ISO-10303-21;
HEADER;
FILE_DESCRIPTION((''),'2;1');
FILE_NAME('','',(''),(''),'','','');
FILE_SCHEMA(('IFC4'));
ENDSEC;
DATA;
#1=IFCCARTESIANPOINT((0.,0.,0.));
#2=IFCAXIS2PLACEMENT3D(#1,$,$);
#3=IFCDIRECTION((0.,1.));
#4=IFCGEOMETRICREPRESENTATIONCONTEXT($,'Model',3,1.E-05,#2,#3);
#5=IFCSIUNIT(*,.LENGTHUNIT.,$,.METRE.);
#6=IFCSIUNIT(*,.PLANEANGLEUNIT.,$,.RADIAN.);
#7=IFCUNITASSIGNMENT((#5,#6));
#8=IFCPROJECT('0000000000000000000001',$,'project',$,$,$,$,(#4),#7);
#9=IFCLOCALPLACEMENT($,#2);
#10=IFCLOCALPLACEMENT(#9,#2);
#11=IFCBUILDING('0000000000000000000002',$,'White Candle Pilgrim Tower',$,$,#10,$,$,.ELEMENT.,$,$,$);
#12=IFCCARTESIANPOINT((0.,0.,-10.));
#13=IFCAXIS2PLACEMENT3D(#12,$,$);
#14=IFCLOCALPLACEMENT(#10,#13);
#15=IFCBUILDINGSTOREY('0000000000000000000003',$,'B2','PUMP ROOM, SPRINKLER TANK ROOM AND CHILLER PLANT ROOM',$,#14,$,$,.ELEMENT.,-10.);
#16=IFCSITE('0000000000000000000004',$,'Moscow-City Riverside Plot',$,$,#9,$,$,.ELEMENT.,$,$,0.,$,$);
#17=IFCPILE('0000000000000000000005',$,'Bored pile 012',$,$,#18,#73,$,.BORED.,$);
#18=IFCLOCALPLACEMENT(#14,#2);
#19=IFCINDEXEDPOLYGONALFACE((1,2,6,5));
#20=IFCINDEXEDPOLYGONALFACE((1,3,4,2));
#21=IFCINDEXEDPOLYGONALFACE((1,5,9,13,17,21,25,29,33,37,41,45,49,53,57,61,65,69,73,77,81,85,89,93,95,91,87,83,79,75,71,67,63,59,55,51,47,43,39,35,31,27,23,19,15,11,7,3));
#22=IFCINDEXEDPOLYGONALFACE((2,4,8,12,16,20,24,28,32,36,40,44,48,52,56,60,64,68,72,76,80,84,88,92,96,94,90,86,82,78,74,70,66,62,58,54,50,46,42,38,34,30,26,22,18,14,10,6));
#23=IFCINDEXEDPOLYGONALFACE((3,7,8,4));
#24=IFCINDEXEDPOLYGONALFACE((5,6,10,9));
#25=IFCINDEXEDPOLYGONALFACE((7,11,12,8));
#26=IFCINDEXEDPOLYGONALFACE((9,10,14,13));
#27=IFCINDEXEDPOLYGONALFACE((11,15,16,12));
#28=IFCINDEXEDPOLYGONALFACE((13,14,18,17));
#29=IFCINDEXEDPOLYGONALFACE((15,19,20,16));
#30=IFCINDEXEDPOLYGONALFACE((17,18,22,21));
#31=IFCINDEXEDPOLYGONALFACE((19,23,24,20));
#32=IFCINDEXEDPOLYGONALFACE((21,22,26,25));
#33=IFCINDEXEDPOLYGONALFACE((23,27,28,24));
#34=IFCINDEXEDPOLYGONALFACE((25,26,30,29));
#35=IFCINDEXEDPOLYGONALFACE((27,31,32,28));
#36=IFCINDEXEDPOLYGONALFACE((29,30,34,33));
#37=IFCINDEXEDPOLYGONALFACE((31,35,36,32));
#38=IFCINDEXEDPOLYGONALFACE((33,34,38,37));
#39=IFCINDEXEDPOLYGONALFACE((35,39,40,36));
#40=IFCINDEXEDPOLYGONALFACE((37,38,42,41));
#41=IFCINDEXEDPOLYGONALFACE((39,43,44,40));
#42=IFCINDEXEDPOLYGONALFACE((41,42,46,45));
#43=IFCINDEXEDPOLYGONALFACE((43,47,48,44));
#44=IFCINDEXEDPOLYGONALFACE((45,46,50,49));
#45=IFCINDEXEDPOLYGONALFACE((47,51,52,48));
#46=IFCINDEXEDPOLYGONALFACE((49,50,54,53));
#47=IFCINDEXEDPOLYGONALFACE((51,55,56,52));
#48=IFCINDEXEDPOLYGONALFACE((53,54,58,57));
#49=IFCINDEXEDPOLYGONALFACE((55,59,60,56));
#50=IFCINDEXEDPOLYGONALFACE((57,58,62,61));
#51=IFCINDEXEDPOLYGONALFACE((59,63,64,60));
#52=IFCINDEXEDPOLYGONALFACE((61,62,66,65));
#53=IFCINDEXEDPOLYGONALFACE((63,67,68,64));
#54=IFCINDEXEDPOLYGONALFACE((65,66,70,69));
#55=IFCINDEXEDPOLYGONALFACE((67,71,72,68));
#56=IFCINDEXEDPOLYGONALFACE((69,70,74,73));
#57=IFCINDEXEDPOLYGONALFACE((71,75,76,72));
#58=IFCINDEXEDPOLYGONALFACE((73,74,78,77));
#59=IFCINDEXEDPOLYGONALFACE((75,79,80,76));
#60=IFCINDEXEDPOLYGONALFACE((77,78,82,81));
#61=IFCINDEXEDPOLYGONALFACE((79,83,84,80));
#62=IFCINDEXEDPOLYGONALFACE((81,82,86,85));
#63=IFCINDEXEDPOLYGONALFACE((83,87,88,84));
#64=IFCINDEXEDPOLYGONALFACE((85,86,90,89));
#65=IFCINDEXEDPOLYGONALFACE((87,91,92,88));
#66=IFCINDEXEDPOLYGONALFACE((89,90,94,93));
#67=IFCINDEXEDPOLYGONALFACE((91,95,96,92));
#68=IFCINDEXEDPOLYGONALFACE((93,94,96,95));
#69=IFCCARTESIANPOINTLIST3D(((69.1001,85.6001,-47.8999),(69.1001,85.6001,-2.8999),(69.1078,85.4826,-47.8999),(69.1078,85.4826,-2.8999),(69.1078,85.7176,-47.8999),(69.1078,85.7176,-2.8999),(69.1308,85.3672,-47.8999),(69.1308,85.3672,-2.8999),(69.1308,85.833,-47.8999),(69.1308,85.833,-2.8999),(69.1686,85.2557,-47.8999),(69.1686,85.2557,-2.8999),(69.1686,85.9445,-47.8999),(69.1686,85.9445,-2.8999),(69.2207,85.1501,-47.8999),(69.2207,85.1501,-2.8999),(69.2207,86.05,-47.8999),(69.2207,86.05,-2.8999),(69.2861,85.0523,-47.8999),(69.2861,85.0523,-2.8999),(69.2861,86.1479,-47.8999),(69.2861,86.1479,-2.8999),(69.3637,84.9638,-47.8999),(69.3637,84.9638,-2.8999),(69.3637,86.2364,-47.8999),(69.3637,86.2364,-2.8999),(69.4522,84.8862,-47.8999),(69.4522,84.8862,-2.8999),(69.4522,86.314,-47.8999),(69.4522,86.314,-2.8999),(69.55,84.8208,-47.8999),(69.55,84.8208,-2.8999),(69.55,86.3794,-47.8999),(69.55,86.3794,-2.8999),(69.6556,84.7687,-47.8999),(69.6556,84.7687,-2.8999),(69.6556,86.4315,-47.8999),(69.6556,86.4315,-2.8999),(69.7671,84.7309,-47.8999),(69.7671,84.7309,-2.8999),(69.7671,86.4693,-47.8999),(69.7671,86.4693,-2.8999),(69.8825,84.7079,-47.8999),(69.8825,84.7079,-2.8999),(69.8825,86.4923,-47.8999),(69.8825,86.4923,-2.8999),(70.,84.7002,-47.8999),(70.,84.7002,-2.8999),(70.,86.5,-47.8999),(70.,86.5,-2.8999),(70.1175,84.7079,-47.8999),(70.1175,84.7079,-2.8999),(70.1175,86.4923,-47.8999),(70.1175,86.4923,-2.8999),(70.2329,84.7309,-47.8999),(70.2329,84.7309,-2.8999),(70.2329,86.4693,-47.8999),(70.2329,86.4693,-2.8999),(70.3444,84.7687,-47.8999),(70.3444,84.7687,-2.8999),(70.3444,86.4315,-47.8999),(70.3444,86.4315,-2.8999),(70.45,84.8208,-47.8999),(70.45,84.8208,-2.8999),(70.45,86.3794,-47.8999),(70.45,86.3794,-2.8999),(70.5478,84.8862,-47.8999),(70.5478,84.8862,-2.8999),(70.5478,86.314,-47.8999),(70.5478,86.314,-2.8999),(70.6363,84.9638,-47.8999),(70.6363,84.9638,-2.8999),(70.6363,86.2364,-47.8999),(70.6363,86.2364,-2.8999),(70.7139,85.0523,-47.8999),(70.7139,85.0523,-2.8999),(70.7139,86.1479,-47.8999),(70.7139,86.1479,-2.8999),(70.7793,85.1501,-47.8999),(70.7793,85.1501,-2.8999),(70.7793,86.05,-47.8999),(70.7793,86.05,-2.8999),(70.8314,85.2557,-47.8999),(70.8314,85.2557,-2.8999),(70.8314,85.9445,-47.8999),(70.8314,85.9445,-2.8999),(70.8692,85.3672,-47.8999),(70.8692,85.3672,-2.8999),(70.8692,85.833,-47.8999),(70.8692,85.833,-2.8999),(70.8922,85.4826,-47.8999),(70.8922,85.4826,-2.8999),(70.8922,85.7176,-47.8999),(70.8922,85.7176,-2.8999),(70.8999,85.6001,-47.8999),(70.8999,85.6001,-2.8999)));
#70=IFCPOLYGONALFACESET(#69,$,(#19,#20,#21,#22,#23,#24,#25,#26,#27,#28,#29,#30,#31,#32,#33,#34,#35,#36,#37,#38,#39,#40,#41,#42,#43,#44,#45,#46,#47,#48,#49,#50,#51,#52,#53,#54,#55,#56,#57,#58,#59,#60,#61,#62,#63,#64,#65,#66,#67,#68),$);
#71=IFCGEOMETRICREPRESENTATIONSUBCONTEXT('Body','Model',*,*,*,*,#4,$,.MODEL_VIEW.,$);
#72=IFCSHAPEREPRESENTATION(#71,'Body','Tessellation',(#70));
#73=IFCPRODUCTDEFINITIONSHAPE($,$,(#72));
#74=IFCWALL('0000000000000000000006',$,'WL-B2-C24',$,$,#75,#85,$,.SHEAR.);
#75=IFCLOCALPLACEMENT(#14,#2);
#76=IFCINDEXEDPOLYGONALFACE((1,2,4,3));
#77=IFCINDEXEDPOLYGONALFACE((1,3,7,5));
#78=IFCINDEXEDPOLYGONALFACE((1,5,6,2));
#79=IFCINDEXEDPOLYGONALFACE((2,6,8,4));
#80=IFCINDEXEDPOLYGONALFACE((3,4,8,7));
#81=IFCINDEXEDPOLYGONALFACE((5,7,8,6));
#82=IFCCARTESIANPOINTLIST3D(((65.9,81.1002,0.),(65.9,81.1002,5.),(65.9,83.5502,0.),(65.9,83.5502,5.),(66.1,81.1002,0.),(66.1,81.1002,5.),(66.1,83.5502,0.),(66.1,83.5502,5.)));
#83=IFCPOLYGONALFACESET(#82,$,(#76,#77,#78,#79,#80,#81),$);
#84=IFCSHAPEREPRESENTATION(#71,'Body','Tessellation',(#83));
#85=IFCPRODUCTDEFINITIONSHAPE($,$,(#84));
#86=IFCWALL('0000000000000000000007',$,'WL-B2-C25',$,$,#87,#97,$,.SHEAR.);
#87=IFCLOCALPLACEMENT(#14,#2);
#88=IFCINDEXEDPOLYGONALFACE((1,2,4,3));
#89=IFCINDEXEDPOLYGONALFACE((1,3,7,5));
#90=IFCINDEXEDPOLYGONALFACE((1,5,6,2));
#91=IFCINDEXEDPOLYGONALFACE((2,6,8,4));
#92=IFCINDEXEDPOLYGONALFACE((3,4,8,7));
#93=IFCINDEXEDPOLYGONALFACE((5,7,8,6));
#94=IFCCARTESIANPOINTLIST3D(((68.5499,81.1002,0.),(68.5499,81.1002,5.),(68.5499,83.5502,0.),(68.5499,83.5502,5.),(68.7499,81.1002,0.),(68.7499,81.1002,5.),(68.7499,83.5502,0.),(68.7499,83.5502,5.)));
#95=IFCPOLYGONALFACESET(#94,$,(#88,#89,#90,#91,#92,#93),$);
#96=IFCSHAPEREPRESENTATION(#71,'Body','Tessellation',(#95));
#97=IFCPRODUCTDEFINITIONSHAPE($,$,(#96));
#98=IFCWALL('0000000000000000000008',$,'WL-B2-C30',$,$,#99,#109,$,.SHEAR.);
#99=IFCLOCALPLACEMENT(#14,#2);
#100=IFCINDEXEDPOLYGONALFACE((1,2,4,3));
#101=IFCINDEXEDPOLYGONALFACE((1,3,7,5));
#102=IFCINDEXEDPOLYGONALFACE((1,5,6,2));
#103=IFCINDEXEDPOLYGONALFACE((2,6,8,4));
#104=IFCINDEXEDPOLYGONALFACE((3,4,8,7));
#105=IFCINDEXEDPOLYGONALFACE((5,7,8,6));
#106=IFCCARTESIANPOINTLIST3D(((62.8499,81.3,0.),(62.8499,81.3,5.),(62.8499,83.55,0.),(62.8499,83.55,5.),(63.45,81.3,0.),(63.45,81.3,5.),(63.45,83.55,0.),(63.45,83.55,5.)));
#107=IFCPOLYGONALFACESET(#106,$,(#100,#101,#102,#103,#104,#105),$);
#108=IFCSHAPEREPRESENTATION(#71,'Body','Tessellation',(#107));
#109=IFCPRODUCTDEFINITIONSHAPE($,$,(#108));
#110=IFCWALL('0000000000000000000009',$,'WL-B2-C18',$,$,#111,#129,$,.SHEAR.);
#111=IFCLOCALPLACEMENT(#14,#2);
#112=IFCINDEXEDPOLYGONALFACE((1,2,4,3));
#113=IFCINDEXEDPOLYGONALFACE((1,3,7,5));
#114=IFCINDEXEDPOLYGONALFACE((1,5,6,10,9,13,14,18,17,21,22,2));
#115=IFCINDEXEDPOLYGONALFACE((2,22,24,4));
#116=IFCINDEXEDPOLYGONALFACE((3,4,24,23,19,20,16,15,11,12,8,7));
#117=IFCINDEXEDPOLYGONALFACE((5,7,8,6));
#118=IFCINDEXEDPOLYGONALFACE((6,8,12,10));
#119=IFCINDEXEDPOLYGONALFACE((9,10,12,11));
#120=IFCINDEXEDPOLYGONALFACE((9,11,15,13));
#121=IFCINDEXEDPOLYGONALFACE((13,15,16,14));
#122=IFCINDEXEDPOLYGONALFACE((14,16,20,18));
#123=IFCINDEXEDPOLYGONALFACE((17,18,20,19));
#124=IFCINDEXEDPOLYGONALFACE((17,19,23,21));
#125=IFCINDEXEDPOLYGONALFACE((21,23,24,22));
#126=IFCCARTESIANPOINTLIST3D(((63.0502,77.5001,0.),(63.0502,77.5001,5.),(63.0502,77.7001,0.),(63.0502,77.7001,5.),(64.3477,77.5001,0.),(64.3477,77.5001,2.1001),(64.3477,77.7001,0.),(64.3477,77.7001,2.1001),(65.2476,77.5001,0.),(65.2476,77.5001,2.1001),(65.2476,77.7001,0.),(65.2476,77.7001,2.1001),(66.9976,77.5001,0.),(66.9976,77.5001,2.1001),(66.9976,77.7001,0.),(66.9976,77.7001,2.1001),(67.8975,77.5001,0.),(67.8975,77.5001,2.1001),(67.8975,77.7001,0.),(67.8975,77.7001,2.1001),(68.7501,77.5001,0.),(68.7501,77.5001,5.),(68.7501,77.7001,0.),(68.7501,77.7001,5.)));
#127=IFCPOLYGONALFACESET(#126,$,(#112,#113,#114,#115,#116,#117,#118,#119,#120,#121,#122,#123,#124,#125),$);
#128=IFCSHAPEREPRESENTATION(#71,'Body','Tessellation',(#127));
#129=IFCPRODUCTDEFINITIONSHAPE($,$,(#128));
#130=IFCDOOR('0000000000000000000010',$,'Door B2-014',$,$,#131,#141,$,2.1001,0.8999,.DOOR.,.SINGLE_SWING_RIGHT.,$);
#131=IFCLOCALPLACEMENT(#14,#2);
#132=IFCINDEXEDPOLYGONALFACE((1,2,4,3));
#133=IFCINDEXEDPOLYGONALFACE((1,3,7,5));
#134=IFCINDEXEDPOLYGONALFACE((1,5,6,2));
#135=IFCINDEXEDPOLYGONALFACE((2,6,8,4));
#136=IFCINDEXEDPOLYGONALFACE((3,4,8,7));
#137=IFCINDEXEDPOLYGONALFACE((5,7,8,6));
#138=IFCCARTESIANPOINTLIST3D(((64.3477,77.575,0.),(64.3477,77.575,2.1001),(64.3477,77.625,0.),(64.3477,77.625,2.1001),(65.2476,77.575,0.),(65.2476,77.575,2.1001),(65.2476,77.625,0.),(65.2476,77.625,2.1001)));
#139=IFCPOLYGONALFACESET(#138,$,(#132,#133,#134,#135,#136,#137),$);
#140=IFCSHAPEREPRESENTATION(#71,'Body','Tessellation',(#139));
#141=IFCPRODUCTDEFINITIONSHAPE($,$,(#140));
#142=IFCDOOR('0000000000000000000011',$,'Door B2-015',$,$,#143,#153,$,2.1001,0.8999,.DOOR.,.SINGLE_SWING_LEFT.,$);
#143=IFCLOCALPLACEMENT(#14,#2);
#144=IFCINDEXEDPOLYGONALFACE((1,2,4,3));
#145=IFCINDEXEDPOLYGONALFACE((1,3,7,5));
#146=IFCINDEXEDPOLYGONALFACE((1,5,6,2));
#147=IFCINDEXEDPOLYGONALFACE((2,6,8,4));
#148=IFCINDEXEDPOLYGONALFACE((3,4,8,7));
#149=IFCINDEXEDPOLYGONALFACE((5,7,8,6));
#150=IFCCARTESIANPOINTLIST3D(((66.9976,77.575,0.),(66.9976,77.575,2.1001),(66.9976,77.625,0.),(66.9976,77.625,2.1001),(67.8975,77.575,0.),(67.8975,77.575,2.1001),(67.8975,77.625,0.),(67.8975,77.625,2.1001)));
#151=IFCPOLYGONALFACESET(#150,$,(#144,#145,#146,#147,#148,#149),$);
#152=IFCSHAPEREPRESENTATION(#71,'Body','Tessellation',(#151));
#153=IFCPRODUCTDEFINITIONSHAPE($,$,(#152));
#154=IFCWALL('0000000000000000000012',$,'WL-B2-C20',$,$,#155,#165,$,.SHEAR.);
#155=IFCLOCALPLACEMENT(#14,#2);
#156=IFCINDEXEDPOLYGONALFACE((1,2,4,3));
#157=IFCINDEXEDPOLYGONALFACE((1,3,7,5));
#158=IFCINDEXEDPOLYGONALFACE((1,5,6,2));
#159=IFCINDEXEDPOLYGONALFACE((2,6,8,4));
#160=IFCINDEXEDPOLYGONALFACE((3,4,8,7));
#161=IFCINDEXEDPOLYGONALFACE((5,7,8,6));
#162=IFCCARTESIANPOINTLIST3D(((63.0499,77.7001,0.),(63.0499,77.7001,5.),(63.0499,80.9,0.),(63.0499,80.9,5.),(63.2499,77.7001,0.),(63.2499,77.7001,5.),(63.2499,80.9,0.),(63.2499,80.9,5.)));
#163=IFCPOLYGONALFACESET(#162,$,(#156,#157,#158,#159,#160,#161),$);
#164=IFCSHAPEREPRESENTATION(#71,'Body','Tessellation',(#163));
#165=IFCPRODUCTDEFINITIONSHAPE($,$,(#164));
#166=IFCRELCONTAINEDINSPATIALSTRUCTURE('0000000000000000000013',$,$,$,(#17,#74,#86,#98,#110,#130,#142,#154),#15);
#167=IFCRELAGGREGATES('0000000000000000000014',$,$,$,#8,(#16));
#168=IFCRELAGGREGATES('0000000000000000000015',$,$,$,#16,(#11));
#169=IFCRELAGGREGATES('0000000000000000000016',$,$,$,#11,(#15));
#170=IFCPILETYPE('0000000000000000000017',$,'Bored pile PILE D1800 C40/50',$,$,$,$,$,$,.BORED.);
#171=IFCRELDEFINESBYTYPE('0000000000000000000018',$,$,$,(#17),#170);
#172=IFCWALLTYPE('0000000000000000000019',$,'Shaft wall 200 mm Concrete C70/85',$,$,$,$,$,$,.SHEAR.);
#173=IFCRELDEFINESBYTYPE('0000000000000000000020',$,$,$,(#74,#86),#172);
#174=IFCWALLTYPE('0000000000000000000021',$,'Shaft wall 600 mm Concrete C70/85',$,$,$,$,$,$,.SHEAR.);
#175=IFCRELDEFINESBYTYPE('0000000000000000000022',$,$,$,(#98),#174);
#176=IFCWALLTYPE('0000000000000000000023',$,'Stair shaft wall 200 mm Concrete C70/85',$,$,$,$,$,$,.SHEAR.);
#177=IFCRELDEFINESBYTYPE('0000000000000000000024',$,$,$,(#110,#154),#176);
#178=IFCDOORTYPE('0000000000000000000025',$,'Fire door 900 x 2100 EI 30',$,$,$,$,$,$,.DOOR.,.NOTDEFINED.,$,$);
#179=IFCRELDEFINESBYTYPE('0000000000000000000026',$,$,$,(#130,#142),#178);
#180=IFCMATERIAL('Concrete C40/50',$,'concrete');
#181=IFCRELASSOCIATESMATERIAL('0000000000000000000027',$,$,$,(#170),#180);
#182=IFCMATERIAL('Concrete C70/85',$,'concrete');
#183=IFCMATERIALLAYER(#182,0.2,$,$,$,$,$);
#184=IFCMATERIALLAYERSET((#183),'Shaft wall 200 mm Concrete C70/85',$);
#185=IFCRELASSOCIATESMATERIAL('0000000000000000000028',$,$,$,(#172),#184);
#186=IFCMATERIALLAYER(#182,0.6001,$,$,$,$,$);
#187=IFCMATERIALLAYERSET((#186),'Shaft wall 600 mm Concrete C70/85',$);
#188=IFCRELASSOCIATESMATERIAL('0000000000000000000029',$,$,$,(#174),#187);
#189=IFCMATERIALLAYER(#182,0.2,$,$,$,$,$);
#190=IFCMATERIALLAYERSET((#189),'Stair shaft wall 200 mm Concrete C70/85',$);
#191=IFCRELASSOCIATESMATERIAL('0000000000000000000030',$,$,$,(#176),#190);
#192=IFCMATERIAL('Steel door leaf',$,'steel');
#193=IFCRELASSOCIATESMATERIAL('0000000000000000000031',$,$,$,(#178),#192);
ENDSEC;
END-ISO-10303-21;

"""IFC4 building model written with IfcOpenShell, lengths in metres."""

from ifc_helpers import new_model, si_unit, direction, frame, frame_2d, origin, origin_2d, place, context, subcontext, project, spatial, rectangle, circle, extrude, material, layer, layer_set, material_profile, profile_set, type_object, element, fill, save


model = new_model("IFC4")

# Units and contexts
model_context = context("Model", 3, precision=1e-05, world=origin(), true_north=direction((0.0, 1.0)))
body_context = subcontext(model_context, "Body", "Model", "MODEL_VIEW")
ifc_project = project(units=[si_unit("LENGTHUNIT", "METRE"), si_unit("PLANEANGLEUNIT", "RADIAN")], contexts=[model_context])

# Site, building, storey
site_placement = place(None, origin())
site = spatial("IfcSite", under=ifc_project, at=site_placement, Name="Moscow-City Riverside Plot", CompositionType="ELEMENT", RefElevation=0.0)
building_placement = place(site_placement, origin())
building = spatial("IfcBuilding", under=site, at=building_placement, Name="White Candle Pilgrim Tower", CompositionType="ELEMENT")
storey_placement = place(building_placement, frame((0.0, 0.0, -10.0)))
storey = spatial("IfcBuildingStorey", under=building, at=storey_placement, Name="B2", Description="PUMP ROOM, SPRINKLER TANK ROOM AND CHILLER PLANT ROOM", CompositionType="ELEMENT", Elevation=-10.0)

# Pile
ifc_material_1 = material(Name="Concrete C40/50", Category="concrete")
ifc_material_profile = material_profile(ifc_material_1, circle(Radius=0.8999, at=origin_2d()), Name="PILE D1800")
ifc_profile_set = profile_set([ifc_material_profile], Name="Concrete C40/50")
pile_type = type_object("IfcPileType", Name="Bored pile PILE D1800 C40/50", PredefinedType="BORED", material=ifc_profile_set)
for number, where, z_axis, x_axis, name in (
    (1, (70.0, 85.6001, -2.8999), (0.0, 0.0, -1.0), (1.0, 0.0, 0.0), "Bored pile 012"),
):
    element("IfcPile", number, at=place(storey_placement, frame(where, z_axis=z_axis, x_axis=x_axis)), inside=storey, type_object=pile_type, Name=name, PredefinedType="BORED", context=body_context, shape_type="SweptSolid", body=[
        extrude(circle(Radius=0.8999, at=origin_2d()), origin(), (0.0, 0.0, 1.0), 45.0),
    ])

# Walls
ifc_material_2 = material(Name="Concrete C70/85", Category="concrete")
ifc_layer_1 = layer(ifc_material_2, 0.2)
ifc_layer_set_1 = layer_set([ifc_layer_1], Name="Shaft wall 200 mm Concrete C70/85")
wall_type_1 = type_object("IfcWallType", Name="Shaft wall 200 mm Concrete C70/85", PredefinedType="SHEAR", material=ifc_layer_set_1)
for number, where, z_axis, x_axis, name in (
    (2, (66.0, 81.1001, 0.0), (0.0, 0.0, 1.0), (0.0, 1.0, 0.0), "WL-B2-C24"),
    (3, (68.6499, 81.1001, 0.0), (0.0, 0.0, 1.0), (0.0, 1.0, 0.0), "WL-B2-C25"),
):
    element("IfcWall", number, at=place(storey_placement, frame(where, z_axis=z_axis, x_axis=x_axis)), inside=storey, type_object=wall_type_1, Name=name, PredefinedType="SHEAR", context=body_context, shape_type="SweptSolid", body=[
        extrude(rectangle(XDim=2.45, YDim=0.2, at=frame_2d((1.2251, 0.0))), origin(), (0.0, 0.0, 1.0), 5.0),
    ])
ifc_layer_2 = layer(ifc_material_2, 0.6001)
ifc_layer_set_2 = layer_set([ifc_layer_2], Name="Shaft wall 600 mm Concrete C70/85")
wall_type_2 = type_object("IfcWallType", Name="Shaft wall 600 mm Concrete C70/85", PredefinedType="SHEAR", material=ifc_layer_set_2)
wall_1_placement = place(storey_placement, frame((63.1499, 81.3, 0.0), z_axis=(0.0, 0.0, 1.0), x_axis=(0.0, 1.0, 0.0)))
element("IfcWall", 4, at=wall_1_placement, inside=storey, type_object=wall_type_2, Name="WL-B2-C30", PredefinedType="SHEAR", context=body_context, shape_type="SweptSolid", body=[
    extrude(rectangle(XDim=2.25, YDim=0.6001, at=frame_2d((1.125, 0.0))), origin(), (0.0, 0.0, 1.0), 5.0),
])

# Wall, openings, doors
ifc_layer_3 = layer(ifc_material_2, 0.2)
ifc_layer_set_3 = layer_set([ifc_layer_3], Name="Stair shaft wall 200 mm Concrete C70/85")
wall_type_3 = type_object("IfcWallType", Name="Stair shaft wall 200 mm Concrete C70/85", PredefinedType="SHEAR", material=ifc_layer_set_3)
wall_2_placement = place(storey_placement, frame((63.05, 77.6001, 0.0), z_axis=(0.0, 0.0, 1.0), x_axis=(1.0, 0.0, 0.0)))
wall_2 = element("IfcWall", 5, at=wall_2_placement, inside=storey, type_object=wall_type_3, Name="WL-B2-C18", PredefinedType="SHEAR", context=body_context, shape_type="SweptSolid", body=[
    extrude(rectangle(XDim=5.7, YDim=0.2, at=frame_2d((2.8501, 0.0))), origin(), (0.0, 0.0, 1.0), 5.0),
])
opening_1_placement = place(wall_2_placement, frame((1.2976, 0.0, 0.0)))
opening_1 = element("IfcOpeningElement", 6, at=opening_1_placement, cuts=wall_2, PredefinedType="OPENING", context=body_context, shape_type="SweptSolid", body=[
    extrude(rectangle(XDim=0.8999, YDim=2.1001, at=frame_2d((0.45, 1.05))), frame((0.0, 0.1099, 0.0), z_axis=(0.0, -1.0, 0.0), x_axis=(1.0, 0.0, 0.0)), (0.0, 0.0, 1.0), 0.22),
])
opening_2_placement = place(wall_2_placement, frame((3.9475, 0.0, 0.0)))
opening_2 = element("IfcOpeningElement", 7, at=opening_2_placement, cuts=wall_2, PredefinedType="OPENING", context=body_context, shape_type="SweptSolid", body=[
    extrude(rectangle(XDim=0.8999, YDim=2.1001, at=frame_2d((0.45, 1.05))), frame((0.0, 0.1099, 0.0), z_axis=(0.0, -1.0, 0.0), x_axis=(1.0, 0.0, 0.0)), (0.0, 0.0, 1.0), 0.22),
])
ifc_material_3 = material(Name="Steel door leaf", Category="steel")
door_type_1 = type_object("IfcDoorType", Name="Fire door 900 x 2100 EI 30", OperationType="NOTDEFINED", PredefinedType="DOOR", material=ifc_material_3)
door_1_placement = place(opening_1_placement, origin())
door_1 = element("IfcDoor", 8, at=door_1_placement, inside=storey, type_object=door_type_1, Name="Door B2-014", OperationType="SINGLE_SWING_RIGHT", OverallHeight=2.1001, OverallWidth=0.8999, PredefinedType="DOOR", context=body_context, shape_type="SweptSolid", body=[
    extrude(rectangle(XDim=0.8999, YDim=2.1001, at=frame_2d((0.45, 1.05))), frame((0.0, 0.0249, 0.0), z_axis=(0.0, -1.0, 0.0), x_axis=(1.0, 0.0, 0.0)), (0.0, 0.0, 1.0), 0.05),
])
fill(opening_1, door_1)
door_2_placement = place(opening_2_placement, origin())
door_2 = element("IfcDoor", 9, at=door_2_placement, inside=storey, type_object=door_type_1, Name="Door B2-015", OperationType="SINGLE_SWING_LEFT", OverallHeight=2.1001, OverallWidth=0.8999, PredefinedType="DOOR", context=body_context, shape_type="SweptSolid", body=[
    extrude(rectangle(XDim=0.8999, YDim=2.1001, at=frame_2d((0.45, 1.05))), frame((0.0, 0.0249, 0.0), z_axis=(0.0, -1.0, 0.0), x_axis=(1.0, 0.0, 0.0)), (0.0, 0.0, 1.0), 0.05),
])
fill(opening_2, door_2)

# Wall
wall_3_placement = place(storey_placement, frame((63.1499, 77.7, 0.0), z_axis=(0.0, 0.0, 1.0), x_axis=(0.0, 1.0, 0.0)))
element("IfcWall", 10, at=wall_3_placement, inside=storey, type_object=wall_type_3, Name="WL-B2-C20", PredefinedType="SHEAR", context=body_context, shape_type="SweptSolid", body=[
    extrude(rectangle(XDim=3.2, YDim=0.2, at=frame_2d((1.6001, 0.0))), origin(), (0.0, 0.0, 1.0), 5.0),
])

save(model, "model.ifc")
